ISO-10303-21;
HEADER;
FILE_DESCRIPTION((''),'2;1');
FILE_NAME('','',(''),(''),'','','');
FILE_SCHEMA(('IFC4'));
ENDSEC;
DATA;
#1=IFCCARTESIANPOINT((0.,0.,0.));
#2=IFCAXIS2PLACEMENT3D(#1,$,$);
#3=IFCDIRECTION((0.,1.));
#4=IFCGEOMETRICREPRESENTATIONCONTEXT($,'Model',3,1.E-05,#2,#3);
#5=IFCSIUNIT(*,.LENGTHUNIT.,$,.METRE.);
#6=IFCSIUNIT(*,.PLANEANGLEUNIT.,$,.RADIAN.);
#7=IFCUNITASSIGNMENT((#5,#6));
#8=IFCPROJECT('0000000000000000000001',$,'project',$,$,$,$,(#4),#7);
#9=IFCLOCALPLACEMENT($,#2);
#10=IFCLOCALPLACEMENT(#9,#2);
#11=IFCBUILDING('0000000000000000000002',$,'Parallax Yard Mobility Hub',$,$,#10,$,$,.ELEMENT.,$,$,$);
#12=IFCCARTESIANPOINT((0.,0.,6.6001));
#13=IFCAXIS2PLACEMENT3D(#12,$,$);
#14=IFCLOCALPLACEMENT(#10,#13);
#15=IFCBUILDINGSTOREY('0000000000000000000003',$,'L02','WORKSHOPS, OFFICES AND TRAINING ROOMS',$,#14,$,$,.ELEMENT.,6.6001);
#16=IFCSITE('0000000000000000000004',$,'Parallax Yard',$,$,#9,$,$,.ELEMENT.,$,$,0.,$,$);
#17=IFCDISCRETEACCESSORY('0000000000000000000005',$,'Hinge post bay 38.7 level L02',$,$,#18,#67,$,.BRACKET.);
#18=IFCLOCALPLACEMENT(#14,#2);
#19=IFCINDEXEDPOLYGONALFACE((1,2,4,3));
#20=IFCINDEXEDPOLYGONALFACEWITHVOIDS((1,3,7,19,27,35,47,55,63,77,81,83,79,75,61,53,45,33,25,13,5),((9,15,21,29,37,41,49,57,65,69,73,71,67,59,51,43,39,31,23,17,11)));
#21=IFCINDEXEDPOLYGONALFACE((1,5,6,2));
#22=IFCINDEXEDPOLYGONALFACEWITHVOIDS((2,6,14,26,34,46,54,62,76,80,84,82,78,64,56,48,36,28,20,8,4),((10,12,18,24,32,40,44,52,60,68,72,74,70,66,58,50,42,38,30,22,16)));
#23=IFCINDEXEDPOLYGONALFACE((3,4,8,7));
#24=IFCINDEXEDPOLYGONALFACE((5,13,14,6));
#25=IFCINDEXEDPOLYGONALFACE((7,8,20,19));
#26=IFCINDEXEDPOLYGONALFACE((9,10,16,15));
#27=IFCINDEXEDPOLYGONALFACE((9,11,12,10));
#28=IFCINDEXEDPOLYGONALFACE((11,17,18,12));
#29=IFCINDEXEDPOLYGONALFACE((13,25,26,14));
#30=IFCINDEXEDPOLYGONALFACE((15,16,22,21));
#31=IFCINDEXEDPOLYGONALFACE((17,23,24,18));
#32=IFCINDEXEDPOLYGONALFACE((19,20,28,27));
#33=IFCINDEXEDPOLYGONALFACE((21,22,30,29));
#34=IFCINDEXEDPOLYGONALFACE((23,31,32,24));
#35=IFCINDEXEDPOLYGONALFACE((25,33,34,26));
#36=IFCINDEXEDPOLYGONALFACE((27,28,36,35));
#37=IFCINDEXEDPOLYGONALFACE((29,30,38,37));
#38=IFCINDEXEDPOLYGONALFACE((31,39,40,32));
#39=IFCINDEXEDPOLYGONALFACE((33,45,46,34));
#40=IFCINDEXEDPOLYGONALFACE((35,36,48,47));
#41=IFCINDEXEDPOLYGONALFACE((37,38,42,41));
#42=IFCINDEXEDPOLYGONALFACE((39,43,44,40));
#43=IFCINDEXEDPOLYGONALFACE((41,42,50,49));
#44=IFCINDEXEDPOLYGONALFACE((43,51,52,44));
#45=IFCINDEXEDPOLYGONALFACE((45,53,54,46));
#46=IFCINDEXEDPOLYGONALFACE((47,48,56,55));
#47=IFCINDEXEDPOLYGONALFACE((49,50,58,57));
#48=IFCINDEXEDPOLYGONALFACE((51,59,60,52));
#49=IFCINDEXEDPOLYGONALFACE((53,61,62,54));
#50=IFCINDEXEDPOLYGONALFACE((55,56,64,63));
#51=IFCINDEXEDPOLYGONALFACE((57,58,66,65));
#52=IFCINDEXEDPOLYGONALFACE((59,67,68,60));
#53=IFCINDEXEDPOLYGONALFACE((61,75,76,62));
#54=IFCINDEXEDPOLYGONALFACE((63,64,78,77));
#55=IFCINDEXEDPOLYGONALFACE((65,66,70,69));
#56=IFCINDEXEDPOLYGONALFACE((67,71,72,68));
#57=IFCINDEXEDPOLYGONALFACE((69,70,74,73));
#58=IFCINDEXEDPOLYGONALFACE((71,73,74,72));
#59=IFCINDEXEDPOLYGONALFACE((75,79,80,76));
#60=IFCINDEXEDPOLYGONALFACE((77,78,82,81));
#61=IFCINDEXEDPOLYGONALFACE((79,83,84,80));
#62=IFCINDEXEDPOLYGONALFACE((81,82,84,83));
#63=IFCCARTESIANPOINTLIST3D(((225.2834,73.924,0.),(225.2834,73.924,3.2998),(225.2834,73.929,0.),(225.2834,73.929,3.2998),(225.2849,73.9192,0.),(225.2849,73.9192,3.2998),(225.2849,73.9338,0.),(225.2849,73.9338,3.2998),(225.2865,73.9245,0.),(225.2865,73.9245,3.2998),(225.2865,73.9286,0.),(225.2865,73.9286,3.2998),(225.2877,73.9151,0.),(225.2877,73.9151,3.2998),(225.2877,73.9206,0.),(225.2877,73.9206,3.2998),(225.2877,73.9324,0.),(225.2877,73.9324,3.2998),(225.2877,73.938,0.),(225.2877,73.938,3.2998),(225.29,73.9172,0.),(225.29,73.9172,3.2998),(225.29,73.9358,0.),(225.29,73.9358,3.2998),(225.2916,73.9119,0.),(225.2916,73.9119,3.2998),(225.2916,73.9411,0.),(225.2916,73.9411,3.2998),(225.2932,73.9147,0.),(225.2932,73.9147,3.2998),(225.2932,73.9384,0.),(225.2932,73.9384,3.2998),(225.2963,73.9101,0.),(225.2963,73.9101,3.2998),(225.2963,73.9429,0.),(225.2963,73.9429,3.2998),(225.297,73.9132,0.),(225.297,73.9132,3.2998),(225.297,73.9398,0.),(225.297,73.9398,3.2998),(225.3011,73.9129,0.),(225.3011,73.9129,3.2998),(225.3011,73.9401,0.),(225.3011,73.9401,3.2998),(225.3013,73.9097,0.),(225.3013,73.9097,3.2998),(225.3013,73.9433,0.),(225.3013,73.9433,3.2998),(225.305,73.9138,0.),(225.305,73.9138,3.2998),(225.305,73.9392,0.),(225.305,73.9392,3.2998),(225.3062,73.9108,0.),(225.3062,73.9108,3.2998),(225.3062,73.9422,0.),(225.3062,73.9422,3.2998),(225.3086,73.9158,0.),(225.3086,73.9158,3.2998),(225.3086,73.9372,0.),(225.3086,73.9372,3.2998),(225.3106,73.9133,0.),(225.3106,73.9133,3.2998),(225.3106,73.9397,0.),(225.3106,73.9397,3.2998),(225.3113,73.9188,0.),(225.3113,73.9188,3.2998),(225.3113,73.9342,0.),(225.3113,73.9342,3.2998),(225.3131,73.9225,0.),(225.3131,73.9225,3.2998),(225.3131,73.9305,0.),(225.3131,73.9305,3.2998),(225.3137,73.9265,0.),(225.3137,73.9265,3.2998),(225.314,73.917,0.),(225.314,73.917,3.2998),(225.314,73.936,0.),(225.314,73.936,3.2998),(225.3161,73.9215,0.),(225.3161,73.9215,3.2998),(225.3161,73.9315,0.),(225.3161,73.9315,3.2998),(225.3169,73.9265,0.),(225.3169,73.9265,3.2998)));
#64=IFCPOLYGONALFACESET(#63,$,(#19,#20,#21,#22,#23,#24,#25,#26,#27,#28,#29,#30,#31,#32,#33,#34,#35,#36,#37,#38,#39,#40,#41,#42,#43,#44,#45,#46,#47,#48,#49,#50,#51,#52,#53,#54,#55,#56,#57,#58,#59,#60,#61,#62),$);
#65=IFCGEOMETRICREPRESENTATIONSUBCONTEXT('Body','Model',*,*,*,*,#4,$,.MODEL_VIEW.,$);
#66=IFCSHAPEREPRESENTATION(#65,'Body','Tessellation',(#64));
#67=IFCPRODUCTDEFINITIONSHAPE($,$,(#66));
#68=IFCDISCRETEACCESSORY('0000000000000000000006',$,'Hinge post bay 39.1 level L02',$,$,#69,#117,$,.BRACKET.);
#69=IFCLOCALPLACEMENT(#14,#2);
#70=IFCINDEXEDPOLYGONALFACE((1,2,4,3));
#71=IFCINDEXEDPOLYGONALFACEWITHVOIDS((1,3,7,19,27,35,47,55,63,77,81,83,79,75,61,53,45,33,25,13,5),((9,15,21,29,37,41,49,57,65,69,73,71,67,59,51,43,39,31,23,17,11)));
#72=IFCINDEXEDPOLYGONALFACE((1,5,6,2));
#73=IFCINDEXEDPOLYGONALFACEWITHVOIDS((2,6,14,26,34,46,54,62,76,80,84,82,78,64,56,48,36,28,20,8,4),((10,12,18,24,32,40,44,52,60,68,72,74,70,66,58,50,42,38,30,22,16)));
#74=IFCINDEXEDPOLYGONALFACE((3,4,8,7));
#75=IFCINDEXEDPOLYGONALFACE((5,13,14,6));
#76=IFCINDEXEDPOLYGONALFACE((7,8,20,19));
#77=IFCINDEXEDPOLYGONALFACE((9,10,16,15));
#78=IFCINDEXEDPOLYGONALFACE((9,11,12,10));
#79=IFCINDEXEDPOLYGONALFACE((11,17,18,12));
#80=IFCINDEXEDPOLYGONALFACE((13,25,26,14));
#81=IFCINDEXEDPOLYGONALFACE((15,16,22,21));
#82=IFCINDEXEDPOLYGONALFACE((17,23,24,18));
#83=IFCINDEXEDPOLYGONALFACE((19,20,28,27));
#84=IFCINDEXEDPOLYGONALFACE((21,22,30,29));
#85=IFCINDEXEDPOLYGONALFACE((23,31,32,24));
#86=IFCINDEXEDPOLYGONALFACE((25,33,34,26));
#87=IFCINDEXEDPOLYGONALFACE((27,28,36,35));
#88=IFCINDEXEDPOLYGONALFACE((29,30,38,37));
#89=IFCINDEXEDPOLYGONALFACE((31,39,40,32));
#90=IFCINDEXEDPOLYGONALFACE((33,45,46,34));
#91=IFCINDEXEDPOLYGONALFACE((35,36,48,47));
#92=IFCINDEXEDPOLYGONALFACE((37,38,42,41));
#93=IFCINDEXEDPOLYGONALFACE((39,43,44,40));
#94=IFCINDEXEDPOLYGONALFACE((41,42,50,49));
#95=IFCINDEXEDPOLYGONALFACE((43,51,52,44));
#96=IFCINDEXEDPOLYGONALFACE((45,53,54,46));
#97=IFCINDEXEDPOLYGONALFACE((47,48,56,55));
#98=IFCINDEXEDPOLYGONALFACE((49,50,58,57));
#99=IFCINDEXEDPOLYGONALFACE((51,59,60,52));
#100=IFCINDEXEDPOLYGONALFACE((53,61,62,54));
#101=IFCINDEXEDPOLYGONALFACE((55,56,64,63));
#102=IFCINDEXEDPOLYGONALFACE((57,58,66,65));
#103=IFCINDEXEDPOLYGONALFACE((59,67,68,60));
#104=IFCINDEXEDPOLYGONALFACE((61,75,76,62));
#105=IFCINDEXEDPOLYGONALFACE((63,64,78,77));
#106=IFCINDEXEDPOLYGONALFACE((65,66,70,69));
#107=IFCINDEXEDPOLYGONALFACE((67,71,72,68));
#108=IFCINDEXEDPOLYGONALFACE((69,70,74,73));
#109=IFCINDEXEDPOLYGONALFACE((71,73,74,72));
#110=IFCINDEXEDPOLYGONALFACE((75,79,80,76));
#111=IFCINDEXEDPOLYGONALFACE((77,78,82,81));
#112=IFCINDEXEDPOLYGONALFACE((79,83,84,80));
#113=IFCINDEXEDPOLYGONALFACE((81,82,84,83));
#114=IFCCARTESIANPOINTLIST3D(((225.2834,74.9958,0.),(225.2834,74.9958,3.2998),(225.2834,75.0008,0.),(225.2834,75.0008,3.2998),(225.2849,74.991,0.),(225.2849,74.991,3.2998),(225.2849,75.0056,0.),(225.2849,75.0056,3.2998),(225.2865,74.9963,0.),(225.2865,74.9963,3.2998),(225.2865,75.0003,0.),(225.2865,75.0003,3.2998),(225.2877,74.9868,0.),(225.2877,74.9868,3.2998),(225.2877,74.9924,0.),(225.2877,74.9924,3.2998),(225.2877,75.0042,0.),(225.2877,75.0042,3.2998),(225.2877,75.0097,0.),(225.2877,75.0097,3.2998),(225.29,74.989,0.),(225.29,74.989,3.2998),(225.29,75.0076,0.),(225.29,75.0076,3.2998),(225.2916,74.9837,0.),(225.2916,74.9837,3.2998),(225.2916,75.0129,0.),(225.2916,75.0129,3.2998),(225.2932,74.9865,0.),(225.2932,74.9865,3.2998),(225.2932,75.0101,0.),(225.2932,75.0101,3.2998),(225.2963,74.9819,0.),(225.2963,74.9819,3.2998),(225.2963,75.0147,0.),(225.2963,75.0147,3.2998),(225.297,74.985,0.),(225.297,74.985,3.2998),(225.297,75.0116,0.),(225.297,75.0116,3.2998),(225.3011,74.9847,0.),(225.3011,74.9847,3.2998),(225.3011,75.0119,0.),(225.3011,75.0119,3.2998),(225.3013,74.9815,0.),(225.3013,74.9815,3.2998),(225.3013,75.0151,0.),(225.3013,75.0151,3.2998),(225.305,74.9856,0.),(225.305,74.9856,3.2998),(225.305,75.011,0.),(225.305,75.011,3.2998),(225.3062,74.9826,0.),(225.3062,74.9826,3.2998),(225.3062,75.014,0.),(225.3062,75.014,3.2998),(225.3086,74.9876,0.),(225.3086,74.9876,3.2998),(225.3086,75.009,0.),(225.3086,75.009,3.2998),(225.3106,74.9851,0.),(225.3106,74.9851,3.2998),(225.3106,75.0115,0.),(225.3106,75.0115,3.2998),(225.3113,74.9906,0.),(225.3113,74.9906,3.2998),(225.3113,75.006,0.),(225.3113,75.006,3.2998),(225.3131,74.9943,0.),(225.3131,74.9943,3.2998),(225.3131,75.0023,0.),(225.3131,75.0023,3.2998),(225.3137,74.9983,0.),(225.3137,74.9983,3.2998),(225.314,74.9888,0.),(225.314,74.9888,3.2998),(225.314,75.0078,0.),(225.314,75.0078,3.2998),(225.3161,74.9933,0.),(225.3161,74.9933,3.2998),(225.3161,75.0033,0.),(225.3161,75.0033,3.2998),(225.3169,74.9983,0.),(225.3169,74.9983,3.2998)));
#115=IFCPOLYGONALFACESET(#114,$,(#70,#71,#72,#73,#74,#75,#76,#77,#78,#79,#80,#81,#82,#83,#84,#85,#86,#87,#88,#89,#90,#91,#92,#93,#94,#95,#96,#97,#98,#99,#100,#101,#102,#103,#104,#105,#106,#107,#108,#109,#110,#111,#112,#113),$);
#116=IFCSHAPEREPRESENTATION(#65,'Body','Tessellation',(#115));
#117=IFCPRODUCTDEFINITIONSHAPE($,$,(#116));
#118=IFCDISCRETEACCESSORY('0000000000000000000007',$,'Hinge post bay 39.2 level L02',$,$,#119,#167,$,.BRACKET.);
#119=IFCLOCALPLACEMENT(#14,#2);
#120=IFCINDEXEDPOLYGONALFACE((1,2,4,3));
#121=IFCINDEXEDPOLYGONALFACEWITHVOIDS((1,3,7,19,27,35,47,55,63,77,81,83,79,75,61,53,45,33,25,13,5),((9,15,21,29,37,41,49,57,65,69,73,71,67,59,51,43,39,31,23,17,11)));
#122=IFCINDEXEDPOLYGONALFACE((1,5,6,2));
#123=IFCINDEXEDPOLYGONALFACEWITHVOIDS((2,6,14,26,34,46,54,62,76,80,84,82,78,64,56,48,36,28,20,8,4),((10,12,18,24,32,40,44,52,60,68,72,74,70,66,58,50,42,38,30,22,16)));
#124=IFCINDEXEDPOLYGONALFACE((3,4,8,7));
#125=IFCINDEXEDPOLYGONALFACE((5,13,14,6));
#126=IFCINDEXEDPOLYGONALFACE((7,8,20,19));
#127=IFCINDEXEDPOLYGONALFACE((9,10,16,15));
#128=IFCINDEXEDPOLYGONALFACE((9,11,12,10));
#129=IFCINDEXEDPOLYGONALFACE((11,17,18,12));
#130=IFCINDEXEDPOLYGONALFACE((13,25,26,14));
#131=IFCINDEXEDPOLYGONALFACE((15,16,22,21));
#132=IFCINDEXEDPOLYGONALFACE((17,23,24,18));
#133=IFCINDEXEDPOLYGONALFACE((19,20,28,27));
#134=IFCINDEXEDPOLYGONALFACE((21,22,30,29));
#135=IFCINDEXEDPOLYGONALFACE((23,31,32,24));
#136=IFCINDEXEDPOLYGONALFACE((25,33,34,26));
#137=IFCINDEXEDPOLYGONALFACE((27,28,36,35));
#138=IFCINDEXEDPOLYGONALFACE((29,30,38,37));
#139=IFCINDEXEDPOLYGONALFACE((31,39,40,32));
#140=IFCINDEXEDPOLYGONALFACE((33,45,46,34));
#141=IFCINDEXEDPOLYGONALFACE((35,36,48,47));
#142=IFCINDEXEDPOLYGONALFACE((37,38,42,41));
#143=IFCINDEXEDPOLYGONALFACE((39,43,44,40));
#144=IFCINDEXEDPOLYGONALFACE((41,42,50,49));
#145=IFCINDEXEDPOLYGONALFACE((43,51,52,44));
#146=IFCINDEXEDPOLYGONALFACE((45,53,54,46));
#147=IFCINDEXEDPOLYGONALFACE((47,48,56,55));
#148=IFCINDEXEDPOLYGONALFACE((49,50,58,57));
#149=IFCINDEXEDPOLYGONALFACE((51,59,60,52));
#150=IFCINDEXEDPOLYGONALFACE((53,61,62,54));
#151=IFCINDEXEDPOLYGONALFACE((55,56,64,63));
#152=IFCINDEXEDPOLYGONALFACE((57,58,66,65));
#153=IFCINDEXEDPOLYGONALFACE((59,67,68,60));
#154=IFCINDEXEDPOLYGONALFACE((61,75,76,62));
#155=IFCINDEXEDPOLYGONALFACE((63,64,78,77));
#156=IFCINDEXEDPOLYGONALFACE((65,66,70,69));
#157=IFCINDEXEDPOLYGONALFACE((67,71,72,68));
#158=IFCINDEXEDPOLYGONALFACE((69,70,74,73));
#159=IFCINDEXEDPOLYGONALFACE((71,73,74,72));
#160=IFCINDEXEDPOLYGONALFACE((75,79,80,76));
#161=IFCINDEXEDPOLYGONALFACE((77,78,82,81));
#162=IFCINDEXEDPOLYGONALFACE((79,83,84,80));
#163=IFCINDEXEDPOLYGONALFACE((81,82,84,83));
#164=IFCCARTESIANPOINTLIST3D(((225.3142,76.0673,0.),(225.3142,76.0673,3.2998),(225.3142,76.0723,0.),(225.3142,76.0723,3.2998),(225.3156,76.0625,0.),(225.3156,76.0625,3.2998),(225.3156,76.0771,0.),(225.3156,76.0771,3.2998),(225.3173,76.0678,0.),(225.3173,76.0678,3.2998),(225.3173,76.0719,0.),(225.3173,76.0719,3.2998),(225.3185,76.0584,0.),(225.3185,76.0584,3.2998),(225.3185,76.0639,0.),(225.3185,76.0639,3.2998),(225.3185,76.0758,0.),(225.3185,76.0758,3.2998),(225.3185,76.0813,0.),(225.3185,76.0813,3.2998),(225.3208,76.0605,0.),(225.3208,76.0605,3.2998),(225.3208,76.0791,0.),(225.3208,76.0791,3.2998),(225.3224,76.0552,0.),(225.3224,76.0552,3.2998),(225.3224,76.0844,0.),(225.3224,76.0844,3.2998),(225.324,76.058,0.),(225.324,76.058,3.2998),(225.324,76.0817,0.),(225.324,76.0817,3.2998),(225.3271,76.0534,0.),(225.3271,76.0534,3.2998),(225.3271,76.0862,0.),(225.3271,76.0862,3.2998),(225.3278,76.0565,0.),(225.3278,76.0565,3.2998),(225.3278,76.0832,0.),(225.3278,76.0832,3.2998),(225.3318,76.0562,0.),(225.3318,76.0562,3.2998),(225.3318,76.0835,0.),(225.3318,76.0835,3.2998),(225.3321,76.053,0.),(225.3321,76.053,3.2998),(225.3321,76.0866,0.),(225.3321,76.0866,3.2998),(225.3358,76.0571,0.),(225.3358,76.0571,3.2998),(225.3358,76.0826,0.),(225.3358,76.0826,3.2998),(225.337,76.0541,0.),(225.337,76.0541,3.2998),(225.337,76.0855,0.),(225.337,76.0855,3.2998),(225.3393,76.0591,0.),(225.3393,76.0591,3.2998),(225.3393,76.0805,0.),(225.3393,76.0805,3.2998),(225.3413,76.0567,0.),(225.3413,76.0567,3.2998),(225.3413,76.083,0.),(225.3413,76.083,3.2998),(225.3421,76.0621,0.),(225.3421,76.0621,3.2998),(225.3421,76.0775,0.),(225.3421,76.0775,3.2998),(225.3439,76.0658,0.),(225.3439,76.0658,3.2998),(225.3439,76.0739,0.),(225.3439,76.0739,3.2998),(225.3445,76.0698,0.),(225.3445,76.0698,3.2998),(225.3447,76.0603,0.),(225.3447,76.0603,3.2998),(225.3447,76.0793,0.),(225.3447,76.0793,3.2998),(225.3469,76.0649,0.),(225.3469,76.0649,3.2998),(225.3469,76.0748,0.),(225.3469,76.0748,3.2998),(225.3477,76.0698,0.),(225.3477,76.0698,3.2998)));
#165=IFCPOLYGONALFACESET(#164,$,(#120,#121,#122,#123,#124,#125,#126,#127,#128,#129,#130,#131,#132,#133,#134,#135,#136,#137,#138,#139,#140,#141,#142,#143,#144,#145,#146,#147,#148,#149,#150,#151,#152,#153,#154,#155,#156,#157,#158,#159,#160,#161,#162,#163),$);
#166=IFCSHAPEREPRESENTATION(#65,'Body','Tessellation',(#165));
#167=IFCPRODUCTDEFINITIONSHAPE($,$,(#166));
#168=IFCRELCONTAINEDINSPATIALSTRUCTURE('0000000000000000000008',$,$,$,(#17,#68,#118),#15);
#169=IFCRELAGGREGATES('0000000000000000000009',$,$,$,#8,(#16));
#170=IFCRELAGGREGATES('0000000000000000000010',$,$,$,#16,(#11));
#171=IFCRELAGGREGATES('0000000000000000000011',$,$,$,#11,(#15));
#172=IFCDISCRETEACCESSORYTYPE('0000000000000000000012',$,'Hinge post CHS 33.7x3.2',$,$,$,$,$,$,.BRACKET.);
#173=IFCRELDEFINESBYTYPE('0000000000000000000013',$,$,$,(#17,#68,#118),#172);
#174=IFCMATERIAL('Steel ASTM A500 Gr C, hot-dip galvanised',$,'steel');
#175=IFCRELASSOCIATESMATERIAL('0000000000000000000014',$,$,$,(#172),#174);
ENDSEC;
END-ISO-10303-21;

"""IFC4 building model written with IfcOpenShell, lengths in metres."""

from ifc_helpers import new_model, si_unit, direction, frame, origin, origin_2d, place, context, subcontext, project, spatial, hollow_circle, extrude, material, material_profile, profile_set, type_object, element, save


model = new_model("IFC4")

# Units and contexts
model_context = context("Model", 3, precision=1e-05, world=origin(), true_north=direction((0.0, 1.0)))
body_context = subcontext(model_context, "Body", "Model", "MODEL_VIEW")
ifc_project = project(units=[si_unit("LENGTHUNIT", "METRE"), si_unit("PLANEANGLEUNIT", "RADIAN")], contexts=[model_context])

# Site, building, storey
site_placement = place(None, origin())
site = spatial("IfcSite", under=ifc_project, at=site_placement, Name="Parallax Yard", CompositionType="ELEMENT", RefElevation=0.0)
building_placement = place(site_placement, origin())
building = spatial("IfcBuilding", under=site, at=building_placement, Name="Parallax Yard Mobility Hub", CompositionType="ELEMENT")
storey_placement = place(building_placement, frame((0.0, 0.0, 6.6001)))
storey = spatial("IfcBuildingStorey", under=building, at=storey_placement, Name="L02", Description="WORKSHOPS, OFFICES AND TRAINING ROOMS", CompositionType="ELEMENT", Elevation=6.6001)

# Discrete accessories
ifc_material_1 = material(Name="Steel ASTM A500 Gr C, hot-dip galvanised", Category="steel")
ifc_material_profile_1 = material_profile(ifc_material_1, hollow_circle(Radius=0.0168, WallThickness=0.0032, at=origin_2d()), Name="CHS 33.7x3.2")
ifc_profile_set_1 = profile_set([ifc_material_profile_1], Name="Steel ASTM A500 Gr C, hot-dip galvanised")
discrete_accessory_type_1 = type_object("IfcDiscreteAccessoryType", Name="Hinge post CHS 33.7x3.2", PredefinedType="BRACKET", material=ifc_profile_set_1)
for number, where, z_axis, x_axis, name in (
    (1, (225.3, 73.9265, 0.0), (0.0, 0.0, 1.0), (1.0, 0.0, 0.0), "Hinge post bay 38.7 level L02"),
    (2, (225.3, 74.9983, 0.0), (0.0, 0.0, 1.0), (1.0, 0.0, 0.0), "Hinge post bay 39.1 level L02"),
    (3, (225.3308, 76.0698, 0.0), (0.0, 0.0, 1.0), (1.0, 0.0, 0.0), "Hinge post bay 39.2 level L02"),
):
    element("IfcDiscreteAccessory", number, at=place(storey_placement, frame(where, z_axis=z_axis, x_axis=x_axis)), inside=storey, type_object=discrete_accessory_type_1, Name=name, PredefinedType="BRACKET", context=body_context, shape_type="SweptSolid", body=[
        extrude(hollow_circle(Radius=0.0168, WallThickness=0.0032, at=origin_2d()), origin(), (0.0, 0.0, 1.0), 3.2998),
    ])

save(model, "model.ifc")
